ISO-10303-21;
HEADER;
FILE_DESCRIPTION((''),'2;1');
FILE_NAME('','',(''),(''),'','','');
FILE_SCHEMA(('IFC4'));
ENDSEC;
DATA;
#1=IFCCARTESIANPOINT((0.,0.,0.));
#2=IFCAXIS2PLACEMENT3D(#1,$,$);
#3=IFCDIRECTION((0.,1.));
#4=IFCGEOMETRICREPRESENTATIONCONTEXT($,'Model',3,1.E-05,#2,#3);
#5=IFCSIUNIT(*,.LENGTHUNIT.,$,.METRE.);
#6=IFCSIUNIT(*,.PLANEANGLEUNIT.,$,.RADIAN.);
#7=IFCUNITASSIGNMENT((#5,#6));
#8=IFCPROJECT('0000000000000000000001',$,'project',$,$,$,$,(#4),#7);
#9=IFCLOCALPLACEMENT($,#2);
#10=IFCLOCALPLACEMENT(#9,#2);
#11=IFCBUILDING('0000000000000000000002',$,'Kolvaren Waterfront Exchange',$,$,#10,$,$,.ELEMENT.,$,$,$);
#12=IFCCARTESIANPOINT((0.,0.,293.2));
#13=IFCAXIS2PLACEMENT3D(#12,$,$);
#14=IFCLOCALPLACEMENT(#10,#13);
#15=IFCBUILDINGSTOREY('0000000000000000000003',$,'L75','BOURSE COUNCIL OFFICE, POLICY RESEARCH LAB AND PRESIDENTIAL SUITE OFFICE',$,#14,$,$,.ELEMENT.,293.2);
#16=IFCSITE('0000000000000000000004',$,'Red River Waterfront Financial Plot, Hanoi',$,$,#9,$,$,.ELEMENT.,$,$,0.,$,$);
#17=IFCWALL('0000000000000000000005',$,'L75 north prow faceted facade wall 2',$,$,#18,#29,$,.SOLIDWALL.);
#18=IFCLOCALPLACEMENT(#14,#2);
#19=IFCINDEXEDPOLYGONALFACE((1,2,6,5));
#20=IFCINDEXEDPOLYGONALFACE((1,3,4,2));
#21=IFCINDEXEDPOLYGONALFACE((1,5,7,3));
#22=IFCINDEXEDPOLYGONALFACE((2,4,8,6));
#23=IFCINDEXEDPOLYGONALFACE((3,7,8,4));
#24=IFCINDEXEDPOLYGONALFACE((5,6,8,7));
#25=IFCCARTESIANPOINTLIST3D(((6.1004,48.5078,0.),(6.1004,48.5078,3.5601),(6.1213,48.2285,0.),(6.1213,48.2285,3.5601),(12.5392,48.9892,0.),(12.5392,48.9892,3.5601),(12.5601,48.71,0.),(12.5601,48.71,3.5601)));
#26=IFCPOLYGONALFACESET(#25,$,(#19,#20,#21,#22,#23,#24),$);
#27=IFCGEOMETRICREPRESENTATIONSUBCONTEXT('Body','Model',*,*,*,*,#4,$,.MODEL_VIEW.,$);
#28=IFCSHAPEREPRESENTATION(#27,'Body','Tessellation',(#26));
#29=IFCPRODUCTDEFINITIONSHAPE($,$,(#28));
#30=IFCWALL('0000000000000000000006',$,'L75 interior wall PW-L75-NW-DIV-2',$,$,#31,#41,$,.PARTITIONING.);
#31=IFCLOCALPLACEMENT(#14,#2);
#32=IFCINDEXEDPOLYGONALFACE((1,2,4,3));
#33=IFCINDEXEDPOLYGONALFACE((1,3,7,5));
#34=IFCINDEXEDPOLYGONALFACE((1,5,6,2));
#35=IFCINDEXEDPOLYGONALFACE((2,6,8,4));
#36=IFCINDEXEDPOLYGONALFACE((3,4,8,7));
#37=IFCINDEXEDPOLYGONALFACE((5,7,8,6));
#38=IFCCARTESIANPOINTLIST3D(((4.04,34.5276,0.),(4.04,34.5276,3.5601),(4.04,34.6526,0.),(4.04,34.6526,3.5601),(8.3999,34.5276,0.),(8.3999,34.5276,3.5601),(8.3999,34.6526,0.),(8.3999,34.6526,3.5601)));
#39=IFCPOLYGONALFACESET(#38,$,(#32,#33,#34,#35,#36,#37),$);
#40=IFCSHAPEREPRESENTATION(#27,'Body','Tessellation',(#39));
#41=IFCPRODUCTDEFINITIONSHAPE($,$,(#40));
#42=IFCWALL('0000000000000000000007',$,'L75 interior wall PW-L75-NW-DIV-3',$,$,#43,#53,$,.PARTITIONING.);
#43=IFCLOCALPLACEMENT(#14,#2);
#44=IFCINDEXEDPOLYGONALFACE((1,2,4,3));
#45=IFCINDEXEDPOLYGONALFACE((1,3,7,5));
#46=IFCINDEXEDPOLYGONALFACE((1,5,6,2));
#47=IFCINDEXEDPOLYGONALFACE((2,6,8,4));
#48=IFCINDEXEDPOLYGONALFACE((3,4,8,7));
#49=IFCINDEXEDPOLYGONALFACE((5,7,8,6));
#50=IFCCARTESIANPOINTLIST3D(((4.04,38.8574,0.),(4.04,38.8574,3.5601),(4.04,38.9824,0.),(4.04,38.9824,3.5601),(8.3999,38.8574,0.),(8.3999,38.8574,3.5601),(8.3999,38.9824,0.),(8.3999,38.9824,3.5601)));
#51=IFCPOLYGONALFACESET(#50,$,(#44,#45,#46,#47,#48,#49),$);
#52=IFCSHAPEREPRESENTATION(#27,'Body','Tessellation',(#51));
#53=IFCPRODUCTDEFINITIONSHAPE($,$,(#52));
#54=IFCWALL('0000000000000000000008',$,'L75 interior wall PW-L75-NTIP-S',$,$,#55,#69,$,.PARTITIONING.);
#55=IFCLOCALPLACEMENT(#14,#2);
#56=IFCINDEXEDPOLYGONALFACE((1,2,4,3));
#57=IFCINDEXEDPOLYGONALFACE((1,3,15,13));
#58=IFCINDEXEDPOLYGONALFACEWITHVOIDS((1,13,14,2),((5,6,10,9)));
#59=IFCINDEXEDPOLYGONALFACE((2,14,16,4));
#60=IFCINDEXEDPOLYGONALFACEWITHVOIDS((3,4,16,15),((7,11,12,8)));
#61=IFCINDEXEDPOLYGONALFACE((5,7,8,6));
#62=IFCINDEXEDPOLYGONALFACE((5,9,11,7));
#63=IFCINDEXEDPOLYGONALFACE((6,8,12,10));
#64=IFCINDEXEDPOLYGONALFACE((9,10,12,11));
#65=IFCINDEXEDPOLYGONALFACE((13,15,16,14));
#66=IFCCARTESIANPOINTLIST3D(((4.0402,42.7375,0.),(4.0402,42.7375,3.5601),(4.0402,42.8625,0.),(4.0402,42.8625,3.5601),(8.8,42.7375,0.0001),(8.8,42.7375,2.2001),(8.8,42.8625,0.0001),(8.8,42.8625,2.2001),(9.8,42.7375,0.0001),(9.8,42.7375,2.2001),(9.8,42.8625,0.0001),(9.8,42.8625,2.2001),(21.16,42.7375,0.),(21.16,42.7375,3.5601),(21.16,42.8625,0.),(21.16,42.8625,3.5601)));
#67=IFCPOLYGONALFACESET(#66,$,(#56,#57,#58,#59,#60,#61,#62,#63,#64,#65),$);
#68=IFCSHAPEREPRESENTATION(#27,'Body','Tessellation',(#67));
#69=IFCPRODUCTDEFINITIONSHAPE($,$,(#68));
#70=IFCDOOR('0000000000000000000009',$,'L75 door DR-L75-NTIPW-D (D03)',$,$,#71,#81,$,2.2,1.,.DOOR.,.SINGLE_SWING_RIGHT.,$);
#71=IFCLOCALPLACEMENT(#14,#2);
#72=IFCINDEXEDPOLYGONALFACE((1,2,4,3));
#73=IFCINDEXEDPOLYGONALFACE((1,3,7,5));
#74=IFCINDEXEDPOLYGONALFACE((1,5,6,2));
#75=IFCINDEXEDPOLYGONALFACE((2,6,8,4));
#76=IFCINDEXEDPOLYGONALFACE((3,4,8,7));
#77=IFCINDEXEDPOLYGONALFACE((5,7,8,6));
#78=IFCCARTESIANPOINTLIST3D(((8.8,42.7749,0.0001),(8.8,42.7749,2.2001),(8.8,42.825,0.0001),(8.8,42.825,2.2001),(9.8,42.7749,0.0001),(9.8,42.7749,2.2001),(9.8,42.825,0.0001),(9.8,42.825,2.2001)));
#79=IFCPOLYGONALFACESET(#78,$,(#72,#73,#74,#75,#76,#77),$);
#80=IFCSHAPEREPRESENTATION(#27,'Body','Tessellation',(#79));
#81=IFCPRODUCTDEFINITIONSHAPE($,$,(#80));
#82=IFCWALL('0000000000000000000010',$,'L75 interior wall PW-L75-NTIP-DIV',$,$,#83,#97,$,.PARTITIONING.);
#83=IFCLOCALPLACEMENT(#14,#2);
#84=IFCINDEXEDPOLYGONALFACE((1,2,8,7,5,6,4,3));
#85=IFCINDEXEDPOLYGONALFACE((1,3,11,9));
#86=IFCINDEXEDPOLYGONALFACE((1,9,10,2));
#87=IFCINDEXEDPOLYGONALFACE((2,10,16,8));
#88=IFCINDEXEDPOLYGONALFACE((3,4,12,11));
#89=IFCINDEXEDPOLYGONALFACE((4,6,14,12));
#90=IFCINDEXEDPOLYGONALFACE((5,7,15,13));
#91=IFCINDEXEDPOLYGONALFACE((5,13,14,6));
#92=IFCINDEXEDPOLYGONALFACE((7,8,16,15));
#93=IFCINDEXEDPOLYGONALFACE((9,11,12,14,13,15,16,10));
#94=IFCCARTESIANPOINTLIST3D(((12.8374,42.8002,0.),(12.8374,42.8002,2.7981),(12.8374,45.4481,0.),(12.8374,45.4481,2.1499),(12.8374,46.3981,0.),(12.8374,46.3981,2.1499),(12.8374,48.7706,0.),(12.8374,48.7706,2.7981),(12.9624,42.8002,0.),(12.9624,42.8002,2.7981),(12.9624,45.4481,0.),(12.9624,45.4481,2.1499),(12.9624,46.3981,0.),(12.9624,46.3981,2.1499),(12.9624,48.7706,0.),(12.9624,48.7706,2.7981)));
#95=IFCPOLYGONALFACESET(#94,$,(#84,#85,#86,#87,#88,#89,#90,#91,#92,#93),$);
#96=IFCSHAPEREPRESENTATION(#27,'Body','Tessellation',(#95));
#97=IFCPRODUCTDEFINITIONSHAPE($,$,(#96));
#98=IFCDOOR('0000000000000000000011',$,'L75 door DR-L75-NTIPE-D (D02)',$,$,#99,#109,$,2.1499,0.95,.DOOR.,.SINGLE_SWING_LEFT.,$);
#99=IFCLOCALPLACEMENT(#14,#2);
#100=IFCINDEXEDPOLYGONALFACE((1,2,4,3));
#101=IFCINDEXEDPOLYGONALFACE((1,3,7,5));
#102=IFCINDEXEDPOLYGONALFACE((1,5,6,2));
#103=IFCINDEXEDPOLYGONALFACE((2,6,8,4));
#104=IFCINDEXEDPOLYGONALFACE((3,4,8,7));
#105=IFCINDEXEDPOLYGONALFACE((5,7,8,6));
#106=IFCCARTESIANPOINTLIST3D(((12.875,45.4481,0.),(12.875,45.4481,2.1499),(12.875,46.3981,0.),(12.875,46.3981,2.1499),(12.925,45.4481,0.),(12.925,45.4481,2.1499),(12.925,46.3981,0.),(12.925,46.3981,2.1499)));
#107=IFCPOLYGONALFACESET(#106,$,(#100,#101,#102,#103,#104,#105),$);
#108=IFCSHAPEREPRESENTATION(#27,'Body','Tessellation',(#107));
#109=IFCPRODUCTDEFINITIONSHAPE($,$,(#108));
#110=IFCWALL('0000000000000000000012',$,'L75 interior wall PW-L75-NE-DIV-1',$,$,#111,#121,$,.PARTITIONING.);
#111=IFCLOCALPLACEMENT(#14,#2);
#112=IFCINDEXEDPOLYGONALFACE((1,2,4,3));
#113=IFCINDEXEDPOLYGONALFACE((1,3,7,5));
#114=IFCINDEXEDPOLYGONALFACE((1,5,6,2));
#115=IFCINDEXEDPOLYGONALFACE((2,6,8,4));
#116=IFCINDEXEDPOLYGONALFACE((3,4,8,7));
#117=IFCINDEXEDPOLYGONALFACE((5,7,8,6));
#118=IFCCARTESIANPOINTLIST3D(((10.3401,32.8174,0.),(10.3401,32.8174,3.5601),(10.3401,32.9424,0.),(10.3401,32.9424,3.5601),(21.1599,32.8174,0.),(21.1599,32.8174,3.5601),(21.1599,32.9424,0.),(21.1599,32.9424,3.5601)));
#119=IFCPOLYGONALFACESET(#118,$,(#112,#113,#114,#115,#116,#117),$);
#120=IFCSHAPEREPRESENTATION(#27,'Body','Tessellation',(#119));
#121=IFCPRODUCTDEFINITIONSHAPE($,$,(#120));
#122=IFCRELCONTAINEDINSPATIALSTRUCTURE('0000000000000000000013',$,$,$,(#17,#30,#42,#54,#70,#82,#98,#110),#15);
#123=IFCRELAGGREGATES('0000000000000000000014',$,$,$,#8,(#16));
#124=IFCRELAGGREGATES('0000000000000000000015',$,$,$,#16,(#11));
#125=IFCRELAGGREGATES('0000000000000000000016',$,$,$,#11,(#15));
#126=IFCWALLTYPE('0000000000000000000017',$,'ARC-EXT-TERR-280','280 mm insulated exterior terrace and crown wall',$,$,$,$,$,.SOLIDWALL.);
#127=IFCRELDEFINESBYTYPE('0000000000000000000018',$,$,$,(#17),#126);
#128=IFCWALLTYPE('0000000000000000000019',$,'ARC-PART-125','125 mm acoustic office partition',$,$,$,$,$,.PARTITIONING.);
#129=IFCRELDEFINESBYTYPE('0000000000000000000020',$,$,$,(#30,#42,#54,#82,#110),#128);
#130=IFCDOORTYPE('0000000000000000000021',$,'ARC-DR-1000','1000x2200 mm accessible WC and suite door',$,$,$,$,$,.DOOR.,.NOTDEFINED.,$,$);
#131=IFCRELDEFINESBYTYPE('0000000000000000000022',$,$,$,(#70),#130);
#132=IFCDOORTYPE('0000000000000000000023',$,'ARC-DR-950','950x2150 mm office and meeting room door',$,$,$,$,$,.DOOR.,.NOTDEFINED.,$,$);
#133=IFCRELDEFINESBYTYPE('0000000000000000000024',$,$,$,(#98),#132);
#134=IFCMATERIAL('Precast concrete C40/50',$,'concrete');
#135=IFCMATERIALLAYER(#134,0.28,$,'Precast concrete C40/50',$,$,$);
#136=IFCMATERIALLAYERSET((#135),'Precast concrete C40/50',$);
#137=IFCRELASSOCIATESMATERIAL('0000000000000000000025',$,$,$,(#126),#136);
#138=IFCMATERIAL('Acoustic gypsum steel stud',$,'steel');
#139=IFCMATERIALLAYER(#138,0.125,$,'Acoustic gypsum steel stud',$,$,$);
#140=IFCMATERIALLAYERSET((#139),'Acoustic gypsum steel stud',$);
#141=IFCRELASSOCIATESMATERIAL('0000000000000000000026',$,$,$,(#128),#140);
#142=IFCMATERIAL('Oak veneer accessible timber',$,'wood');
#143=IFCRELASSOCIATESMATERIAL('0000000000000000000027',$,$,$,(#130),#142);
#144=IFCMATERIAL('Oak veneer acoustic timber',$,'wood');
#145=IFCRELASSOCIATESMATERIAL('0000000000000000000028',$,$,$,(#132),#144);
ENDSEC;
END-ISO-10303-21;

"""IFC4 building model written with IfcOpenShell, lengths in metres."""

from ifc_helpers import new_model, si_unit, direction, frame, frame_2d, origin, place, context, subcontext, project, spatial, rectangle, extrude, material, layer, layer_set, type_object, element, fill, save


model = new_model("IFC4")

# Units and contexts
model_context = context("Model", 3, precision=1e-05, world=origin(), true_north=direction((0.0, 1.0)))
body_context = subcontext(model_context, "Body", "Model", "MODEL_VIEW")
ifc_project = project(units=[si_unit("LENGTHUNIT", "METRE"), si_unit("PLANEANGLEUNIT", "RADIAN")], contexts=[model_context])

# Site, building, storey
site_placement = place(None, origin())
site = spatial("IfcSite", under=ifc_project, at=site_placement, Name="Red River Waterfront Financial Plot, Hanoi", CompositionType="ELEMENT", RefElevation=0.0)
building_placement = place(site_placement, origin())
building = spatial("IfcBuilding", under=site, at=building_placement, Name="Kolvaren Waterfront Exchange", CompositionType="ELEMENT")
storey_placement = place(building_placement, frame((0.0, 0.0, 293.2)))
storey = spatial("IfcBuildingStorey", under=building, at=storey_placement, Name="L75", Description="BOURSE COUNCIL OFFICE, POLICY RESEARCH LAB AND PRESIDENTIAL SUITE OFFICE", CompositionType="ELEMENT", Elevation=293.2)

# Walls
ifc_material_1 = material(Name="Precast concrete C40/50", Category="concrete")
ifc_layer_1 = layer(ifc_material_1, 0.28, Name="Precast concrete C40/50")
ifc_layer_set_1 = layer_set([ifc_layer_1], Name="Precast concrete C40/50")
wall_type_1 = type_object("IfcWallType", Name="ARC-EXT-TERR-280", Description="280 mm insulated exterior terrace and crown wall", PredefinedType="SOLIDWALL", material=ifc_layer_set_1)
wall_1_placement = place(storey_placement, frame((12.5498, 48.8496, 0.0), z_axis=(0.0, 0.0, 1.0), x_axis=(-0.997216, -0.074565, 0.0)))
element("IfcWall", 1, at=wall_1_placement, inside=storey, type_object=wall_type_1, Name="L75 north prow faceted facade wall 2", PredefinedType="SOLIDWALL", context=body_context, shape_type="SweptSolid", body=[
    extrude(rectangle(XDim=6.4568, YDim=0.28, at=frame_2d((3.2285, 0.0))), origin(), (0.0, 0.0, 1.0), 3.5601),
])
ifc_material_2 = material(Name="Acoustic gypsum steel stud", Category="steel")
ifc_layer_2 = layer(ifc_material_2, 0.125, Name="Acoustic gypsum steel stud")
ifc_layer_set_2 = layer_set([ifc_layer_2], Name="Acoustic gypsum steel stud")
wall_type_2 = type_object("IfcWallType", Name="ARC-PART-125", Description="125 mm acoustic office partition", PredefinedType="PARTITIONING", material=ifc_layer_set_2)
for number, where, z_axis, x_axis, name in (
    (2, (4.04, 34.5901, 0.0), (0.0, 0.0, 1.0), (1.0, 0.0, 0.0), "L75 interior wall PW-L75-NW-DIV-2"),
    (3, (4.04, 38.9199, 0.0), (0.0, 0.0, 1.0), (1.0, 0.0, 0.0), "L75 interior wall PW-L75-NW-DIV-3"),
):
    element("IfcWall", number, at=place(storey_placement, frame(where, z_axis=z_axis, x_axis=x_axis)), inside=storey, type_object=wall_type_2, Name=name, PredefinedType="PARTITIONING", context=body_context, shape_type="SweptSolid", body=[
        extrude(rectangle(XDim=4.3599, YDim=0.125, at=frame_2d((2.1799, 0.0))), origin(), (0.0, 0.0, 1.0), 3.5601),
    ])

# Walls, openings, doors
wall_2_placement = place(storey_placement, frame((4.04, 42.8, 0.0), z_axis=(0.0, 0.0, 1.0), x_axis=(1.0, 0.0, 0.0)))
wall_2 = element("IfcWall", 4, at=wall_2_placement, inside=storey, type_object=wall_type_2, Name="L75 interior wall PW-L75-NTIP-S", PredefinedType="PARTITIONING", context=body_context, shape_type="SweptSolid", body=[
    extrude(rectangle(XDim=17.1199, YDim=0.125, at=frame_2d((8.5601, 0.0))), origin(), (0.0, 0.0, 1.0), 3.5601),
])
opening_1_placement = place(wall_2_placement, frame((4.76, 0.0, 0.0)))
opening_1 = element("IfcOpeningElement", 5, at=opening_1_placement, cuts=wall_2, PredefinedType="OPENING", context=body_context, shape_type="SweptSolid", body=[
    extrude(rectangle(XDim=1.0, YDim=2.2, at=frame_2d((0.5, 1.1001))), frame((0.0, 0.0725, 0.0), z_axis=(0.0, -1.0, 0.0), x_axis=(1.0, 0.0, 0.0)), (0.0, 0.0, 1.0), 0.145),
])
ifc_material_3 = material(Name="Oak veneer accessible timber", Category="wood")
door_type_1 = type_object("IfcDoorType", Name="ARC-DR-1000", Description="1000x2200 mm accessible WC and suite door", OperationType="NOTDEFINED", PredefinedType="DOOR", material=ifc_material_3)
door_1_placement = place(opening_1_placement, origin())
door_1 = element("IfcDoor", 6, at=door_1_placement, inside=storey, type_object=door_type_1, Name="L75 door DR-L75-NTIPW-D (D03)", OperationType="SINGLE_SWING_RIGHT", OverallHeight=2.2, OverallWidth=1.0, PredefinedType="DOOR", context=body_context, shape_type="SweptSolid", body=[
    extrude(rectangle(XDim=1.0, YDim=2.2, at=frame_2d((0.5, 1.1001))), frame((0.0, 0.0249, 0.0), z_axis=(0.0, -1.0, 0.0), x_axis=(1.0, 0.0, 0.0)), (0.0, 0.0, 1.0), 0.05),
])
fill(opening_1, door_1)
wall_3_placement = place(storey_placement, frame((12.8999, 42.8, 0.0), z_axis=(0.0, 0.0, 1.0), x_axis=(0.0, 1.0, 0.0)))
wall_3 = element("IfcWall", 7, at=wall_3_placement, inside=storey, type_object=wall_type_2, Name="L75 interior wall PW-L75-NTIP-DIV", PredefinedType="PARTITIONING", context=body_context, shape_type="SweptSolid", body=[
    extrude(rectangle(XDim=5.9705, YDim=0.125, at=frame_2d((2.9854, 0.0))), origin(), (0.0, 0.0, 1.0), 2.7981),
])
opening_2_placement = place(wall_3_placement, frame((2.6479, 0.0, 0.0)))
opening_2 = element("IfcOpeningElement", 8, at=opening_2_placement, cuts=wall_3, PredefinedType="OPENING", context=body_context, shape_type="SweptSolid", body=[
    extrude(rectangle(XDim=0.95, YDim=2.1499, at=frame_2d((0.4751, 1.075))), frame((0.0, 0.0725, 0.0), z_axis=(0.0, -1.0, 0.0), x_axis=(1.0, 0.0, 0.0)), (0.0, 0.0, 1.0), 0.145),
])
ifc_material_4 = material(Name="Oak veneer acoustic timber", Category="wood")
door_type_2 = type_object("IfcDoorType", Name="ARC-DR-950", Description="950x2150 mm office and meeting room door", OperationType="NOTDEFINED", PredefinedType="DOOR", material=ifc_material_4)
door_2_placement = place(opening_2_placement, origin())
door_2 = element("IfcDoor", 9, at=door_2_placement, inside=storey, type_object=door_type_2, Name="L75 door DR-L75-NTIPE-D (D02)", OperationType="SINGLE_SWING_LEFT", OverallHeight=2.1499, OverallWidth=0.95, PredefinedType="DOOR", context=body_context, shape_type="SweptSolid", body=[
    extrude(rectangle(XDim=0.95, YDim=2.1499, at=frame_2d((0.4751, 1.075))), frame((0.0, 0.0249, 0.0), z_axis=(0.0, -1.0, 0.0), x_axis=(1.0, 0.0, 0.0)), (0.0, 0.0, 1.0), 0.05),
])
fill(opening_2, door_2)

# Wall
wall_4_placement = place(storey_placement, frame((10.3401, 32.8799, 0.0), z_axis=(0.0, 0.0, 1.0), x_axis=(1.0, 0.0, 0.0)))
element("IfcWall", 10, at=wall_4_placement, inside=storey, type_object=wall_type_2, Name="L75 interior wall PW-L75-NE-DIV-1", PredefinedType="PARTITIONING", context=body_context, shape_type="SweptSolid", body=[
    extrude(rectangle(XDim=10.8198, YDim=0.125, at=frame_2d((5.4099, 0.0))), origin(), (0.0, 0.0, 1.0), 3.5601),
])

save(model, "model.ifc")
